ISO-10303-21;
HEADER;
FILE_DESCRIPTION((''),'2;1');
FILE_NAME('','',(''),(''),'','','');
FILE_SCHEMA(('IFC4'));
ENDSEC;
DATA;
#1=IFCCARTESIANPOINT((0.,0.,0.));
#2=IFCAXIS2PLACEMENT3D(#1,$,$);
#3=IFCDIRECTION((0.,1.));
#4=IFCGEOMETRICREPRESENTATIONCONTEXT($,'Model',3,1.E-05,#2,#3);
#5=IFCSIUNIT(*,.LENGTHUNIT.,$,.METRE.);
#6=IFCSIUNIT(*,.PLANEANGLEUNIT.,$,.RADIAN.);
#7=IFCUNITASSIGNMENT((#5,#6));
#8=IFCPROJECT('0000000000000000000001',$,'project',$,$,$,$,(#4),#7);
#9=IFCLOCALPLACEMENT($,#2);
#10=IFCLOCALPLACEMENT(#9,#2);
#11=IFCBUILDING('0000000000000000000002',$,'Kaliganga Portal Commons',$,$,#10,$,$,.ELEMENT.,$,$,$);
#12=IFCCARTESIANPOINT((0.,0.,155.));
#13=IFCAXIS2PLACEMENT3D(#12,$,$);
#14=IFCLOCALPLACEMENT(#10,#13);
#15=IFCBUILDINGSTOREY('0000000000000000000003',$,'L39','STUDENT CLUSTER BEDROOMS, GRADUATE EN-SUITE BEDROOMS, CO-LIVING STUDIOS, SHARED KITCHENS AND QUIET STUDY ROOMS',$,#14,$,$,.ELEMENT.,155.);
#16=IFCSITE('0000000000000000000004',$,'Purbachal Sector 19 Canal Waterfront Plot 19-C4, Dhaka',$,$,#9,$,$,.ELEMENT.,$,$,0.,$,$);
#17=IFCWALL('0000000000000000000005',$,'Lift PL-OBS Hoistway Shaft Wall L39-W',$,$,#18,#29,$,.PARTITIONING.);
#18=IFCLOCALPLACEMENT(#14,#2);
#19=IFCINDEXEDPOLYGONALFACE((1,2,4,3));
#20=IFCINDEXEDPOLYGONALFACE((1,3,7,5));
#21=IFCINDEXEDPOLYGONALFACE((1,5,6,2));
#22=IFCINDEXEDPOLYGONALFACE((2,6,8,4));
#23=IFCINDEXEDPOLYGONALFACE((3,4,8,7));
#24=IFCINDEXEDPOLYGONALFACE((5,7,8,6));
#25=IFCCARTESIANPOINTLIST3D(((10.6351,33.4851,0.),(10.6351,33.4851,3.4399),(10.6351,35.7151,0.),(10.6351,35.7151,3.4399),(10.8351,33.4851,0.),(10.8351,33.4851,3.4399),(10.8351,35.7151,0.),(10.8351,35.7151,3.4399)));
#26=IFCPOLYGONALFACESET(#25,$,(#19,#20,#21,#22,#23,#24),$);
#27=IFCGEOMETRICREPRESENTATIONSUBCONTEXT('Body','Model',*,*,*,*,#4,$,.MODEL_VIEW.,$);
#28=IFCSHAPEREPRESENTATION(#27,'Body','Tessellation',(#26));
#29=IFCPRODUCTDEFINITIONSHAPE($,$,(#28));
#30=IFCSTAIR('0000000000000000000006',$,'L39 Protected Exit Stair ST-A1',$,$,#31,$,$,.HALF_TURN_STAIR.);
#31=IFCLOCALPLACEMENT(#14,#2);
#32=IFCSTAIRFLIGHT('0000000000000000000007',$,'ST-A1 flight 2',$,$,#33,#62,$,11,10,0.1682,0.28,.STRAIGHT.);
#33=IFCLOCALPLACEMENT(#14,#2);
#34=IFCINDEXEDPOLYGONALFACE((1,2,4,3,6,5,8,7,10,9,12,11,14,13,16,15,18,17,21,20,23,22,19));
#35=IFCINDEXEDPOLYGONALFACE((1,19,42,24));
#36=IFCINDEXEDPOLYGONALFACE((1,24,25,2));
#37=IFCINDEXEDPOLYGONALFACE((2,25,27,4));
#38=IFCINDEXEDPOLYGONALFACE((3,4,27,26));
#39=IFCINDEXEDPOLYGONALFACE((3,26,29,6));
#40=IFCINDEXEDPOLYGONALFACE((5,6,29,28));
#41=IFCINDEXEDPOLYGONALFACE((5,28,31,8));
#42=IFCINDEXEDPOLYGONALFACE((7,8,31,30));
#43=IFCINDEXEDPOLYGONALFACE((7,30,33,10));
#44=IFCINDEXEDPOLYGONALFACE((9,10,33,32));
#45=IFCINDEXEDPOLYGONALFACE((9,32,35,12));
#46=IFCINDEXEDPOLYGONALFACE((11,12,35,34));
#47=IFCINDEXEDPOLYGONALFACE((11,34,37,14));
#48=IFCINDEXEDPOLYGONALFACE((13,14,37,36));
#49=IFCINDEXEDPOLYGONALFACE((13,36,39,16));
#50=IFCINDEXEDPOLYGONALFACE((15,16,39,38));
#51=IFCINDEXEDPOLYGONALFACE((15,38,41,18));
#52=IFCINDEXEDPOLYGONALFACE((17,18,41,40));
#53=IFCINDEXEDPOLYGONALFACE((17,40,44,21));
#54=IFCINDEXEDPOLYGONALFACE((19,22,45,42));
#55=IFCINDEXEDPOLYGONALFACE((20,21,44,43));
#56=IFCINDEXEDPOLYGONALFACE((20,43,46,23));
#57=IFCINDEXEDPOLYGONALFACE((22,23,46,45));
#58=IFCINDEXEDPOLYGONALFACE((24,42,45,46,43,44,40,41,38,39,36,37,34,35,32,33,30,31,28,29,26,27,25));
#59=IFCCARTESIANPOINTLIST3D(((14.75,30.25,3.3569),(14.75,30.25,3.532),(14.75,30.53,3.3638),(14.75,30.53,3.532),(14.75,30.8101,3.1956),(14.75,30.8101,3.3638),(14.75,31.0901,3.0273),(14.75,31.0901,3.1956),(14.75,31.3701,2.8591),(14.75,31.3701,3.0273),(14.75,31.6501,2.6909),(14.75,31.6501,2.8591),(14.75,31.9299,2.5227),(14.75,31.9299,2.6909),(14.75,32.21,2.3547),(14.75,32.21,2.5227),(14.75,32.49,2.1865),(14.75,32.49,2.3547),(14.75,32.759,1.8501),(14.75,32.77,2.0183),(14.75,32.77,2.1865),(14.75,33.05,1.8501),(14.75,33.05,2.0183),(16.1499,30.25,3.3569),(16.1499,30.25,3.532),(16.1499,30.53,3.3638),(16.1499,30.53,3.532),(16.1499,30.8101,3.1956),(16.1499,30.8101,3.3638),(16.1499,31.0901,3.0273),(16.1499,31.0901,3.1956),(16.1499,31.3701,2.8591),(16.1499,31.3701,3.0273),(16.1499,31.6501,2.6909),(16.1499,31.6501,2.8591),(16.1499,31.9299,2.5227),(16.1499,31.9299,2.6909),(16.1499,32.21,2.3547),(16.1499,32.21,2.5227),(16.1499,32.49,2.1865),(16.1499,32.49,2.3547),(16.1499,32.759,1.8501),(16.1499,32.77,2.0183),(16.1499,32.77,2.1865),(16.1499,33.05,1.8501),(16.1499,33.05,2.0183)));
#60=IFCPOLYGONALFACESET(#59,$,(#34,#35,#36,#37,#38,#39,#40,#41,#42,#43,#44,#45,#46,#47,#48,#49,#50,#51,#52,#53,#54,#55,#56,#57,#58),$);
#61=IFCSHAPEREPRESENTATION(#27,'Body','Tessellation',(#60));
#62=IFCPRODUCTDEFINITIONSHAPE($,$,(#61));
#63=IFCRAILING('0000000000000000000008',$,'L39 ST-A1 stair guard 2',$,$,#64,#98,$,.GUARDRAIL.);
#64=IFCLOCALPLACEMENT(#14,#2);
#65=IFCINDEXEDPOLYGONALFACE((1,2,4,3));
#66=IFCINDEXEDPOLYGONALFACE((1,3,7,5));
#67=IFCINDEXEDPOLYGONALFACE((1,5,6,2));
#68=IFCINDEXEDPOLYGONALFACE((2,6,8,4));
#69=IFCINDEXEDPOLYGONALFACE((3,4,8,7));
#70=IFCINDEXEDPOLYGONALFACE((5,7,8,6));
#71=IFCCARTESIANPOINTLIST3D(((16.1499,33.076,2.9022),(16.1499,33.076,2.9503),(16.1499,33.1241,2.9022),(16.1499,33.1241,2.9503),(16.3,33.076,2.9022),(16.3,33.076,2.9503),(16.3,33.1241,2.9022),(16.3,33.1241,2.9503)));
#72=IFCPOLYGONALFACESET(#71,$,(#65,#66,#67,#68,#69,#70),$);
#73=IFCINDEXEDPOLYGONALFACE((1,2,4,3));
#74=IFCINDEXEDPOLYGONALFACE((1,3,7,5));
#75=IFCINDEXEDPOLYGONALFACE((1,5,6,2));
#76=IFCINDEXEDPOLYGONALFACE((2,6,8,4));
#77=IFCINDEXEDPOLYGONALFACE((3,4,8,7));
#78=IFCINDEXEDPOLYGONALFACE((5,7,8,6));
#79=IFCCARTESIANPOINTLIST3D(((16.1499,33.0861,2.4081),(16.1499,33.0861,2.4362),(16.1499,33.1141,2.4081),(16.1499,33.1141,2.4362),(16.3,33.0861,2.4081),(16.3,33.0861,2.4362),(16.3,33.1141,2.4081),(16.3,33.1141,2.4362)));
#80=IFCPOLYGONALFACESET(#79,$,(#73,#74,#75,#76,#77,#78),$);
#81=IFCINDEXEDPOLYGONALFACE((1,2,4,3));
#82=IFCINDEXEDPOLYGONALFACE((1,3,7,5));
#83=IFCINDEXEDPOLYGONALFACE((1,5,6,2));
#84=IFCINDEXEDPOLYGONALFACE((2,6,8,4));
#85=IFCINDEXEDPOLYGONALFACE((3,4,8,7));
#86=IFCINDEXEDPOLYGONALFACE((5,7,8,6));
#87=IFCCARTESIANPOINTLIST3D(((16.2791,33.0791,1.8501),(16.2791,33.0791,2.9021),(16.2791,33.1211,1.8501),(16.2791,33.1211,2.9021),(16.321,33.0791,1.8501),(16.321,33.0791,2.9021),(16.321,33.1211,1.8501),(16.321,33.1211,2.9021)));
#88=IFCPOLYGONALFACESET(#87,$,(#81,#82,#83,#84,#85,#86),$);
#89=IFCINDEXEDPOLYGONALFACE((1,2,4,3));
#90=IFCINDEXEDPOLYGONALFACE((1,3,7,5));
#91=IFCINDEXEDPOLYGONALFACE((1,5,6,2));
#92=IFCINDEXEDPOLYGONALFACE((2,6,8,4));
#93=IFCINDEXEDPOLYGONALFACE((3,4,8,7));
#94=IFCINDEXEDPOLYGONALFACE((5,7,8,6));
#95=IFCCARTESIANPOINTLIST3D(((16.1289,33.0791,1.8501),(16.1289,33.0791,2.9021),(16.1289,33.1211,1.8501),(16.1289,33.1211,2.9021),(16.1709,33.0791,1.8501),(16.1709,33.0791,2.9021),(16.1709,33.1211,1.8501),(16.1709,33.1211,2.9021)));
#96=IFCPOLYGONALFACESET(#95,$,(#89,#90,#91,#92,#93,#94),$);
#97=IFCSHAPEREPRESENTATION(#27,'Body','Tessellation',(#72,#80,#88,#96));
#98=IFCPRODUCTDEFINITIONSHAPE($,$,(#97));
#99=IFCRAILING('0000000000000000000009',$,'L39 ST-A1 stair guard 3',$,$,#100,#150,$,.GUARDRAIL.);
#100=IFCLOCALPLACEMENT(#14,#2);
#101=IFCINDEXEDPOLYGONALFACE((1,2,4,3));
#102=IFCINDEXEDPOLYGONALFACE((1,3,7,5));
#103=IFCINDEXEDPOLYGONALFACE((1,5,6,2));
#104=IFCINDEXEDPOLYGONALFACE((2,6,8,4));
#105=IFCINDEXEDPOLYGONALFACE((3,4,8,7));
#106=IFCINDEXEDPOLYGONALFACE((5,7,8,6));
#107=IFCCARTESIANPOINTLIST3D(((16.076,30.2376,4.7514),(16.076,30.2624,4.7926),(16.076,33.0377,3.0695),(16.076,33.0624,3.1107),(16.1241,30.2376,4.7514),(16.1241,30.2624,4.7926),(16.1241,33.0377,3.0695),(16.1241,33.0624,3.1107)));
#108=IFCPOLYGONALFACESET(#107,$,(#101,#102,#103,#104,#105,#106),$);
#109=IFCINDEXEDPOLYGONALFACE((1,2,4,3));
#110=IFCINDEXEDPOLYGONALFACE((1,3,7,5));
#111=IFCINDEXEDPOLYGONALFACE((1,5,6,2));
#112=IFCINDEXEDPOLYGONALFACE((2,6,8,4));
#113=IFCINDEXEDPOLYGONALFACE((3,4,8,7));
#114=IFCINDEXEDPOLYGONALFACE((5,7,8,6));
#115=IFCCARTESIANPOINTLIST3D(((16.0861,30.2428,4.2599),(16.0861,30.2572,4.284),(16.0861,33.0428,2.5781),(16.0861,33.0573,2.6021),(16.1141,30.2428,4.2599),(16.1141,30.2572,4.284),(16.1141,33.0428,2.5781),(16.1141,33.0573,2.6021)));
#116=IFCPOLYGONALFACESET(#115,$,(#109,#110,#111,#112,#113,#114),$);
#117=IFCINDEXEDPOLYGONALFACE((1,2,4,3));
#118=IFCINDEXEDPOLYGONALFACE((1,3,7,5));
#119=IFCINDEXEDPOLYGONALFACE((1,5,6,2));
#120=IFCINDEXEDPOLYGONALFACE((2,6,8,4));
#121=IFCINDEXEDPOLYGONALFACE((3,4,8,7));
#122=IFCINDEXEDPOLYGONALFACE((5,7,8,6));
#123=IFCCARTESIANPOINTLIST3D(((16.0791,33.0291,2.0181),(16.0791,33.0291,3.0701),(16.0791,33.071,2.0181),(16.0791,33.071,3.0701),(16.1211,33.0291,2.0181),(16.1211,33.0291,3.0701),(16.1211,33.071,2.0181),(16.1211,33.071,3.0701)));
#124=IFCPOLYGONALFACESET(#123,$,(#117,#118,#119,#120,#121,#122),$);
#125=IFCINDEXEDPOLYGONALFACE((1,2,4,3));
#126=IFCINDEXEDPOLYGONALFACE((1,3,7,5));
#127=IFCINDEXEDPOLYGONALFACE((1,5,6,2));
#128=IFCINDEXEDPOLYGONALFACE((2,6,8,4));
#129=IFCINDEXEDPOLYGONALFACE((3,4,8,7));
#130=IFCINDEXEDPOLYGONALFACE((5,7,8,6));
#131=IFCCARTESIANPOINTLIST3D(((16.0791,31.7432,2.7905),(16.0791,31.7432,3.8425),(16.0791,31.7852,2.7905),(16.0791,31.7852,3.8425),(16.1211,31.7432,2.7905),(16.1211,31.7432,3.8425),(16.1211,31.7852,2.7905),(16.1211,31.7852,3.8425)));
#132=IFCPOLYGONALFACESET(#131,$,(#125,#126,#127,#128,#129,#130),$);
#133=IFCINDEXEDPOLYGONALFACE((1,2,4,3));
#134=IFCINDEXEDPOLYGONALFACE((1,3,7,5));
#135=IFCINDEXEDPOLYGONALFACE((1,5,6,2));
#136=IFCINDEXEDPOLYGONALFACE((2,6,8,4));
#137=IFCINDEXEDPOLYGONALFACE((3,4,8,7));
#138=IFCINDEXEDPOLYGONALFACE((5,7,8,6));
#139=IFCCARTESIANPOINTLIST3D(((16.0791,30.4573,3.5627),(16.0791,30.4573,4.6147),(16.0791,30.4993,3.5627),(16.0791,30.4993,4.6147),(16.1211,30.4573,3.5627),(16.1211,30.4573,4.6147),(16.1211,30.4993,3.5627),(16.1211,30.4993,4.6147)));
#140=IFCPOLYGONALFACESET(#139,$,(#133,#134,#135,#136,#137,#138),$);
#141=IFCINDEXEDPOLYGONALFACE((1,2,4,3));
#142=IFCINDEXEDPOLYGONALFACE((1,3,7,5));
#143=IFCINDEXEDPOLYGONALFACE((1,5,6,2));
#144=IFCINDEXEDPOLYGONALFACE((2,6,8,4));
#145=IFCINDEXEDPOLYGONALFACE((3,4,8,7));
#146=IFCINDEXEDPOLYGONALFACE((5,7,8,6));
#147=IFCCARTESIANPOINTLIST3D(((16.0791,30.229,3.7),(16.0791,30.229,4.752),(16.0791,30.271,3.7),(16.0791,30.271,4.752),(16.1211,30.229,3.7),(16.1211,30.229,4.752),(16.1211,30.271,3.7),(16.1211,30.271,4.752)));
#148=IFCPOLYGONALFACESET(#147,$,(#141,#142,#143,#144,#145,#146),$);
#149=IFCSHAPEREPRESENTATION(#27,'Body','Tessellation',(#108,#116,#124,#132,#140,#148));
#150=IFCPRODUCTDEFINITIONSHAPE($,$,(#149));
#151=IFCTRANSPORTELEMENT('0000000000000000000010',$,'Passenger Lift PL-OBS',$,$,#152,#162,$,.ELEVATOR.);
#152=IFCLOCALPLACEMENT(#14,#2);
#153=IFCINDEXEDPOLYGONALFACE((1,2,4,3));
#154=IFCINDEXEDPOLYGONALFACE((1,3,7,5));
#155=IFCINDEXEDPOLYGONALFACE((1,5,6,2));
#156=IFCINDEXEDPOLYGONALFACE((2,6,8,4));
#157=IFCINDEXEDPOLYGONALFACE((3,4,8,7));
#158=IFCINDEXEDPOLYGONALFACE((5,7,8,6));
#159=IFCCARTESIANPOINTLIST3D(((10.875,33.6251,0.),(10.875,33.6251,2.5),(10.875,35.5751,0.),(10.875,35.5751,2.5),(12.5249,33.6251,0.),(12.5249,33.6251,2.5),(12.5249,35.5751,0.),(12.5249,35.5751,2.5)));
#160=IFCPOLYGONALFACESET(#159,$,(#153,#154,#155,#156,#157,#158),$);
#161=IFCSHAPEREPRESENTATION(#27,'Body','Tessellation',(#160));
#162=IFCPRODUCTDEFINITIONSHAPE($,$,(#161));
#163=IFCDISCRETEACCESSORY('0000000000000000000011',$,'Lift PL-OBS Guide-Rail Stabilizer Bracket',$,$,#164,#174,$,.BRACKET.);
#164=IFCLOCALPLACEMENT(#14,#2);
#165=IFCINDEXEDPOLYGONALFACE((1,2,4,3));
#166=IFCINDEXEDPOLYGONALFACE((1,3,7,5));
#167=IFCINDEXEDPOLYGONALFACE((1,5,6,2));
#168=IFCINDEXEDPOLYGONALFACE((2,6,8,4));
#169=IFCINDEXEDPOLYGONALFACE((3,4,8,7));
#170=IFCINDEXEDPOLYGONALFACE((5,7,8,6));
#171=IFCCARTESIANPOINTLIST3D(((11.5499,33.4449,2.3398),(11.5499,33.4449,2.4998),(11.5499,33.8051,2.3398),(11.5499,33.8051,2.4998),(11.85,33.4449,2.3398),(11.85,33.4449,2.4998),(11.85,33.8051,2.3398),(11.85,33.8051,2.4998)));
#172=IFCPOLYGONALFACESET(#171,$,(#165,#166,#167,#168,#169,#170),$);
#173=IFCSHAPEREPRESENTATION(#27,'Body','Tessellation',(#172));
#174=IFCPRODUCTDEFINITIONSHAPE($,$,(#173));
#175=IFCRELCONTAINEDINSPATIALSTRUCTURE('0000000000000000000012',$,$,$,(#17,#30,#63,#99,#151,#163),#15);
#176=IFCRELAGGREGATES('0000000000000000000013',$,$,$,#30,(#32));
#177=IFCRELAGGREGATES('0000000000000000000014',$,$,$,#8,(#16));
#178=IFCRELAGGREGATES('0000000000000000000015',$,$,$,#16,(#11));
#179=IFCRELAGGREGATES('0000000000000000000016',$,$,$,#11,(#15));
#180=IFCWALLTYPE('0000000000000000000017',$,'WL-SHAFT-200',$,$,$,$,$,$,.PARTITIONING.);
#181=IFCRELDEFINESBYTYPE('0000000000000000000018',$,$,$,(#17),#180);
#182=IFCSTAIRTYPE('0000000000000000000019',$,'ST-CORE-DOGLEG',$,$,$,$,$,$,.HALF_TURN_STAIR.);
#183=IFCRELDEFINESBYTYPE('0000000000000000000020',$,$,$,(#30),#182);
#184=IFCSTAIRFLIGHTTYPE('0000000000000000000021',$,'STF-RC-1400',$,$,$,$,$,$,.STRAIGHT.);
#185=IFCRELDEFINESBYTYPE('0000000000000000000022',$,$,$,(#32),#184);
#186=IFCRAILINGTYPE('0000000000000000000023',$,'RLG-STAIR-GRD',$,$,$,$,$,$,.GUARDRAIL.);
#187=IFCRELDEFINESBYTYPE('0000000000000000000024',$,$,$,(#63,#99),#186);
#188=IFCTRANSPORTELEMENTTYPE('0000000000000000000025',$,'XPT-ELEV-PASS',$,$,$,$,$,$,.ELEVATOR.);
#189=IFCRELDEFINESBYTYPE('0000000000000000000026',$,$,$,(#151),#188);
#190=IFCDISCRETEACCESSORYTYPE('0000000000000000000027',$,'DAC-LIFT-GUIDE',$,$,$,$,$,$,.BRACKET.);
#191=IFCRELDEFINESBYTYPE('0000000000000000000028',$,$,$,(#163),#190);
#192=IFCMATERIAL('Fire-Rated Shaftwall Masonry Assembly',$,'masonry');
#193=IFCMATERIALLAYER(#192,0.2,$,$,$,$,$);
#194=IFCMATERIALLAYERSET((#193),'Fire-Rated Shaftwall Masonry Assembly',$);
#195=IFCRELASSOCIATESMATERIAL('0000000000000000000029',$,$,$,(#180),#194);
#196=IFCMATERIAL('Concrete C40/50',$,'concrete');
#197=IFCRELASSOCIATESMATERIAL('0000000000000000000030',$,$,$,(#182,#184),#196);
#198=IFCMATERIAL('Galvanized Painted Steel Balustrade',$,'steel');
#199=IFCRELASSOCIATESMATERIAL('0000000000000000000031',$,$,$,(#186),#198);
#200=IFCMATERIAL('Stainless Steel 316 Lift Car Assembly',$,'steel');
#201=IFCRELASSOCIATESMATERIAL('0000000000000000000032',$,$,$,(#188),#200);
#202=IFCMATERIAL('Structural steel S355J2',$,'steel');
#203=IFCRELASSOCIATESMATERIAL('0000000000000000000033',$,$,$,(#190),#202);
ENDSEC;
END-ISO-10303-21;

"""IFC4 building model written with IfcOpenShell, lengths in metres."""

from ifc_helpers import new_model, si_unit, direction, frame, frame_2d, origin, origin_2d, place, context, subcontext, project, spatial, polyline, rectangle, outline, extrude, source, transform, mapped, material, layer, layer_set, type_object, element, aggregate, save


model = new_model("IFC4")

# Units and contexts
model_context = context("Model", 3, precision=1e-05, world=origin(), true_north=direction((0.0, 1.0)))
body_context = subcontext(model_context, "Body", "Model", "MODEL_VIEW")
ifc_project = project(units=[si_unit("LENGTHUNIT", "METRE"), si_unit("PLANEANGLEUNIT", "RADIAN")], contexts=[model_context])

# Site, building, storey
site_placement = place(None, origin())
site = spatial("IfcSite", under=ifc_project, at=site_placement, Name="Purbachal Sector 19 Canal Waterfront Plot 19-C4, Dhaka", CompositionType="ELEMENT", RefElevation=0.0)
building_placement = place(site_placement, origin())
building = spatial("IfcBuilding", under=site, at=building_placement, Name="Kaliganga Portal Commons", CompositionType="ELEMENT")
storey_placement = place(building_placement, frame((0.0, 0.0, 155.0)))
storey = spatial("IfcBuildingStorey", under=building, at=storey_placement, Name="L39", Description="STUDENT CLUSTER BEDROOMS, GRADUATE EN-SUITE BEDROOMS, CO-LIVING STUDIOS, SHARED KITCHENS AND QUIET STUDY ROOMS", CompositionType="ELEMENT", Elevation=155.0)

# Shared definitions
ifc_material_1 = material(Name="Structural steel S355J2", Category="steel")

# Shared definitions
ifc_material_2 = material(Name="Fire-Rated Shaftwall Masonry Assembly", Category="masonry")
ifc_layer_1 = layer(ifc_material_2, 0.2)
ifc_layer_set_1 = layer_set([ifc_layer_1], Name="Fire-Rated Shaftwall Masonry Assembly")
wall_type_1 = type_object("IfcWallType", Name="WL-SHAFT-200", PredefinedType="PARTITIONING", material=ifc_layer_set_1)

# Wall
wall_1_placement = place(storey_placement, frame((10.7351, 33.4851, 0.0), z_axis=(0.0, 0.0, 1.0), x_axis=(0.0, 1.0, 0.0)))
element("IfcWall", 1, at=wall_1_placement, inside=storey, type_object=wall_type_1, Name="Lift PL-OBS Hoistway Shaft Wall L39-W", PredefinedType="PARTITIONING", context=body_context, shape_type="SweptSolid", body=[
    extrude(rectangle(XDim=2.23, YDim=0.2, at=frame_2d((1.115, 0.0))), origin(), (0.0, 0.0, 1.0), 3.4399),
])

# Stair, stair flight
ifc_material_3 = material(Name="Concrete C40/50", Category="concrete")
stair_type = type_object("IfcStairType", Name="ST-CORE-DOGLEG", PredefinedType="HALF_TURN_STAIR", material=ifc_material_3)
stair_placement = place(storey_placement, origin())
stair = element("IfcStair", 2, at=stair_placement, inside=storey, type_object=stair_type, Name="L39 Protected Exit Stair ST-A1", PredefinedType="HALF_TURN_STAIR")
stair_flight_type = type_object("IfcStairFlightType", Name="STF-RC-1400", PredefinedType="STRAIGHT", material=ifc_material_3)
stair_flight_placement = place(storey_placement, frame((15.45, 33.05, 1.8501), z_axis=(0.0, 0.0, 1.0), x_axis=(0.0, -1.0, 0.0)))
stair_flight = element("IfcStairFlight", 3, at=stair_flight_placement, type_object=stair_flight_type, Name="ST-A1 flight 2", NumberOfRisers=11, NumberOfTreads=10, PredefinedType="STRAIGHT", RiserHeight=0.1682, TreadLength=0.28, context=body_context, shape_type="SweptSolid", body=[
    extrude(outline(polyline([(0.0, 0.0), (0.0, 0.1682), (0.28, 0.1682), (0.28, 0.3364), (0.5601, 0.3364), (0.5601, 0.5046), (0.8401, 0.5046), (0.8401, 0.6726), (1.1201, 0.6726), (1.1201, 0.8408), (1.3999, 0.8408), (1.3999, 1.009), (1.6799, 1.009), (1.6799, 1.1772), (1.96, 1.1772), (1.96, 1.3455), (2.24, 1.3455), (2.24, 1.5137), (2.52, 1.5137), (2.52, 1.6819), (2.8, 1.6819), (2.8, 1.8501), (2.8, 1.5068), (0.291, 0.0), (0.0, 0.0)])), frame((0.0, 0.7, 0.0), z_axis=(0.0, -1.0, 0.0), x_axis=(1.0, 0.0, 0.0)), (0.0, 0.0, 1.0), 1.3999),
])
aggregate(stair, [stair_flight])

# Railings
ifc_material_4 = material(Name="Galvanized Painted Steel Balustrade", Category="steel")
railing_type = type_object("IfcRailingType", Name="RLG-STAIR-GRD", PredefinedType="GUARDRAIL", material=ifc_material_4)
railing_1_placement = place(storey_placement, frame((16.3, 33.1001, 1.8501)))
element("IfcRailing", 4, at=railing_1_placement, inside=storey, type_object=railing_type, Name="L39 ST-A1 stair guard 2", PredefinedType="GUARDRAIL", context=body_context, shape_type="SweptSolid", body=[
    extrude(rectangle(XDim=0.0481, YDim=0.0481, at=origin_2d()), frame((0.0, 0.0, 1.0762), z_axis=(-1.0, 0.0, 0.0), x_axis=(0.0, -1.0, 0.0)), (0.0, 0.0, 1.0), 0.1501),
    extrude(rectangle(XDim=0.0281, YDim=0.0281, at=origin_2d()), frame((0.0, 0.0, 0.572), z_axis=(-1.0, 0.0, 0.0), x_axis=(0.0, -1.0, 0.0)), (0.0, 0.0, 1.0), 0.1501),
    extrude(rectangle(XDim=0.042, YDim=0.042, at=origin_2d()), origin(), (0.0, 0.0, 1.0), 1.052),
    extrude(rectangle(XDim=0.042, YDim=0.042, at=origin_2d()), frame((-0.1501, 0.0, 0.0)), (0.0, 0.0, 1.0), 1.052),
])
railing_2_placement = place(storey_placement, frame((16.1001, 33.05, 2.0181)))
element("IfcRailing", 5, at=railing_2_placement, inside=storey, type_object=railing_type, Name="L39 ST-A1 stair guard 3", PredefinedType="GUARDRAIL", context=body_context, shape_type="SweptSolid", body=[
    extrude(rectangle(XDim=0.0481, YDim=0.0481, at=origin_2d()), frame((0.0, 0.0, 1.072), z_axis=(0.0, -0.857242, 0.514913), x_axis=(1.0, 0.0, 0.0)), (0.0, 0.0, 1.0), 3.2664),
    extrude(rectangle(XDim=0.0281, YDim=0.0281, at=origin_2d()), frame((0.0, 0.0, 0.572), z_axis=(0.0, -0.857242, 0.514913), x_axis=(1.0, 0.0, 0.0)), (0.0, 0.0, 1.0), 3.2664),
    extrude(rectangle(XDim=0.042, YDim=0.042, at=origin_2d()), origin(), (0.0, 0.0, 1.0), 1.052),
    extrude(rectangle(XDim=0.042, YDim=0.042, at=origin_2d()), frame((0.0, -1.2859, 0.7725)), (0.0, 0.0, 1.0), 1.052),
    extrude(rectangle(XDim=0.042, YDim=0.042, at=origin_2d()), frame((0.0, -2.5718, 1.5447)), (0.0, 0.0, 1.0), 1.052),
    extrude(rectangle(XDim=0.042, YDim=0.042, at=origin_2d()), frame((0.0, -2.8, 1.6819)), (0.0, 0.0, 1.0), 1.052),
])

# Transport element
ifc_material_5 = material(Name="Stainless Steel 316 Lift Car Assembly", Category="steel")
transport_element_type = type_object("IfcTransportElementType", Name="XPT-ELEV-PASS", PredefinedType="ELEVATOR", material=ifc_material_5)
shared_shape_1 = source(origin(), body_context, "Body", "SweptSolid", [
    extrude(rectangle(XDim=1.6499, YDim=1.95, at=origin_2d()), origin(), (0.0, 0.0, 1.0), 2.5),
])
transport_element_placement = place(storey_placement, frame((11.7, 34.6001, 0.0), z_axis=(0.0, 0.0, 1.0), x_axis=(1.0, 0.0, 0.0)))
element("IfcTransportElement", 6, at=transport_element_placement, inside=storey, type_object=transport_element_type, Name="Passenger Lift PL-OBS", PredefinedType="ELEVATOR", context=body_context, shape_type="MappedRepresentation", body=[
    mapped(shared_shape_1, transform((0.0, 0.0, 0.0), x_axis=(1.0, 0.0, 0.0), y_axis=(0.0, 1.0, 0.0), z_axis=(0.0, 0.0, 1.0), scale=1.0)),
])

# Discrete accessory
discrete_accessory_type = type_object("IfcDiscreteAccessoryType", Name="DAC-LIFT-GUIDE", PredefinedType="BRACKET", material=ifc_material_1)
shared_shape_2 = source(origin(), body_context, "Body", "SweptSolid", [
    extrude(rectangle(XDim=0.3, YDim=0.3601, at=origin_2d()), origin(), (0.0, 0.0, 1.0), 0.1599),
])
discrete_accessory_placement = place(storey_placement, frame((11.7, 33.625, 2.3398), z_axis=(0.0, 0.0, 1.0), x_axis=(1.0, 0.0, 0.0)))
element("IfcDiscreteAccessory", 7, at=discrete_accessory_placement, inside=storey, type_object=discrete_accessory_type, Name="Lift PL-OBS Guide-Rail Stabilizer Bracket", PredefinedType="BRACKET", context=body_context, shape_type="MappedRepresentation", body=[
    mapped(shared_shape_2, transform((0.0, 0.0, 0.0), x_axis=(1.0, 0.0, 0.0), y_axis=(0.0, 1.0, 0.0), z_axis=(0.0, 0.0, 1.0), scale=1.0)),
])

save(model, "model.ifc")
